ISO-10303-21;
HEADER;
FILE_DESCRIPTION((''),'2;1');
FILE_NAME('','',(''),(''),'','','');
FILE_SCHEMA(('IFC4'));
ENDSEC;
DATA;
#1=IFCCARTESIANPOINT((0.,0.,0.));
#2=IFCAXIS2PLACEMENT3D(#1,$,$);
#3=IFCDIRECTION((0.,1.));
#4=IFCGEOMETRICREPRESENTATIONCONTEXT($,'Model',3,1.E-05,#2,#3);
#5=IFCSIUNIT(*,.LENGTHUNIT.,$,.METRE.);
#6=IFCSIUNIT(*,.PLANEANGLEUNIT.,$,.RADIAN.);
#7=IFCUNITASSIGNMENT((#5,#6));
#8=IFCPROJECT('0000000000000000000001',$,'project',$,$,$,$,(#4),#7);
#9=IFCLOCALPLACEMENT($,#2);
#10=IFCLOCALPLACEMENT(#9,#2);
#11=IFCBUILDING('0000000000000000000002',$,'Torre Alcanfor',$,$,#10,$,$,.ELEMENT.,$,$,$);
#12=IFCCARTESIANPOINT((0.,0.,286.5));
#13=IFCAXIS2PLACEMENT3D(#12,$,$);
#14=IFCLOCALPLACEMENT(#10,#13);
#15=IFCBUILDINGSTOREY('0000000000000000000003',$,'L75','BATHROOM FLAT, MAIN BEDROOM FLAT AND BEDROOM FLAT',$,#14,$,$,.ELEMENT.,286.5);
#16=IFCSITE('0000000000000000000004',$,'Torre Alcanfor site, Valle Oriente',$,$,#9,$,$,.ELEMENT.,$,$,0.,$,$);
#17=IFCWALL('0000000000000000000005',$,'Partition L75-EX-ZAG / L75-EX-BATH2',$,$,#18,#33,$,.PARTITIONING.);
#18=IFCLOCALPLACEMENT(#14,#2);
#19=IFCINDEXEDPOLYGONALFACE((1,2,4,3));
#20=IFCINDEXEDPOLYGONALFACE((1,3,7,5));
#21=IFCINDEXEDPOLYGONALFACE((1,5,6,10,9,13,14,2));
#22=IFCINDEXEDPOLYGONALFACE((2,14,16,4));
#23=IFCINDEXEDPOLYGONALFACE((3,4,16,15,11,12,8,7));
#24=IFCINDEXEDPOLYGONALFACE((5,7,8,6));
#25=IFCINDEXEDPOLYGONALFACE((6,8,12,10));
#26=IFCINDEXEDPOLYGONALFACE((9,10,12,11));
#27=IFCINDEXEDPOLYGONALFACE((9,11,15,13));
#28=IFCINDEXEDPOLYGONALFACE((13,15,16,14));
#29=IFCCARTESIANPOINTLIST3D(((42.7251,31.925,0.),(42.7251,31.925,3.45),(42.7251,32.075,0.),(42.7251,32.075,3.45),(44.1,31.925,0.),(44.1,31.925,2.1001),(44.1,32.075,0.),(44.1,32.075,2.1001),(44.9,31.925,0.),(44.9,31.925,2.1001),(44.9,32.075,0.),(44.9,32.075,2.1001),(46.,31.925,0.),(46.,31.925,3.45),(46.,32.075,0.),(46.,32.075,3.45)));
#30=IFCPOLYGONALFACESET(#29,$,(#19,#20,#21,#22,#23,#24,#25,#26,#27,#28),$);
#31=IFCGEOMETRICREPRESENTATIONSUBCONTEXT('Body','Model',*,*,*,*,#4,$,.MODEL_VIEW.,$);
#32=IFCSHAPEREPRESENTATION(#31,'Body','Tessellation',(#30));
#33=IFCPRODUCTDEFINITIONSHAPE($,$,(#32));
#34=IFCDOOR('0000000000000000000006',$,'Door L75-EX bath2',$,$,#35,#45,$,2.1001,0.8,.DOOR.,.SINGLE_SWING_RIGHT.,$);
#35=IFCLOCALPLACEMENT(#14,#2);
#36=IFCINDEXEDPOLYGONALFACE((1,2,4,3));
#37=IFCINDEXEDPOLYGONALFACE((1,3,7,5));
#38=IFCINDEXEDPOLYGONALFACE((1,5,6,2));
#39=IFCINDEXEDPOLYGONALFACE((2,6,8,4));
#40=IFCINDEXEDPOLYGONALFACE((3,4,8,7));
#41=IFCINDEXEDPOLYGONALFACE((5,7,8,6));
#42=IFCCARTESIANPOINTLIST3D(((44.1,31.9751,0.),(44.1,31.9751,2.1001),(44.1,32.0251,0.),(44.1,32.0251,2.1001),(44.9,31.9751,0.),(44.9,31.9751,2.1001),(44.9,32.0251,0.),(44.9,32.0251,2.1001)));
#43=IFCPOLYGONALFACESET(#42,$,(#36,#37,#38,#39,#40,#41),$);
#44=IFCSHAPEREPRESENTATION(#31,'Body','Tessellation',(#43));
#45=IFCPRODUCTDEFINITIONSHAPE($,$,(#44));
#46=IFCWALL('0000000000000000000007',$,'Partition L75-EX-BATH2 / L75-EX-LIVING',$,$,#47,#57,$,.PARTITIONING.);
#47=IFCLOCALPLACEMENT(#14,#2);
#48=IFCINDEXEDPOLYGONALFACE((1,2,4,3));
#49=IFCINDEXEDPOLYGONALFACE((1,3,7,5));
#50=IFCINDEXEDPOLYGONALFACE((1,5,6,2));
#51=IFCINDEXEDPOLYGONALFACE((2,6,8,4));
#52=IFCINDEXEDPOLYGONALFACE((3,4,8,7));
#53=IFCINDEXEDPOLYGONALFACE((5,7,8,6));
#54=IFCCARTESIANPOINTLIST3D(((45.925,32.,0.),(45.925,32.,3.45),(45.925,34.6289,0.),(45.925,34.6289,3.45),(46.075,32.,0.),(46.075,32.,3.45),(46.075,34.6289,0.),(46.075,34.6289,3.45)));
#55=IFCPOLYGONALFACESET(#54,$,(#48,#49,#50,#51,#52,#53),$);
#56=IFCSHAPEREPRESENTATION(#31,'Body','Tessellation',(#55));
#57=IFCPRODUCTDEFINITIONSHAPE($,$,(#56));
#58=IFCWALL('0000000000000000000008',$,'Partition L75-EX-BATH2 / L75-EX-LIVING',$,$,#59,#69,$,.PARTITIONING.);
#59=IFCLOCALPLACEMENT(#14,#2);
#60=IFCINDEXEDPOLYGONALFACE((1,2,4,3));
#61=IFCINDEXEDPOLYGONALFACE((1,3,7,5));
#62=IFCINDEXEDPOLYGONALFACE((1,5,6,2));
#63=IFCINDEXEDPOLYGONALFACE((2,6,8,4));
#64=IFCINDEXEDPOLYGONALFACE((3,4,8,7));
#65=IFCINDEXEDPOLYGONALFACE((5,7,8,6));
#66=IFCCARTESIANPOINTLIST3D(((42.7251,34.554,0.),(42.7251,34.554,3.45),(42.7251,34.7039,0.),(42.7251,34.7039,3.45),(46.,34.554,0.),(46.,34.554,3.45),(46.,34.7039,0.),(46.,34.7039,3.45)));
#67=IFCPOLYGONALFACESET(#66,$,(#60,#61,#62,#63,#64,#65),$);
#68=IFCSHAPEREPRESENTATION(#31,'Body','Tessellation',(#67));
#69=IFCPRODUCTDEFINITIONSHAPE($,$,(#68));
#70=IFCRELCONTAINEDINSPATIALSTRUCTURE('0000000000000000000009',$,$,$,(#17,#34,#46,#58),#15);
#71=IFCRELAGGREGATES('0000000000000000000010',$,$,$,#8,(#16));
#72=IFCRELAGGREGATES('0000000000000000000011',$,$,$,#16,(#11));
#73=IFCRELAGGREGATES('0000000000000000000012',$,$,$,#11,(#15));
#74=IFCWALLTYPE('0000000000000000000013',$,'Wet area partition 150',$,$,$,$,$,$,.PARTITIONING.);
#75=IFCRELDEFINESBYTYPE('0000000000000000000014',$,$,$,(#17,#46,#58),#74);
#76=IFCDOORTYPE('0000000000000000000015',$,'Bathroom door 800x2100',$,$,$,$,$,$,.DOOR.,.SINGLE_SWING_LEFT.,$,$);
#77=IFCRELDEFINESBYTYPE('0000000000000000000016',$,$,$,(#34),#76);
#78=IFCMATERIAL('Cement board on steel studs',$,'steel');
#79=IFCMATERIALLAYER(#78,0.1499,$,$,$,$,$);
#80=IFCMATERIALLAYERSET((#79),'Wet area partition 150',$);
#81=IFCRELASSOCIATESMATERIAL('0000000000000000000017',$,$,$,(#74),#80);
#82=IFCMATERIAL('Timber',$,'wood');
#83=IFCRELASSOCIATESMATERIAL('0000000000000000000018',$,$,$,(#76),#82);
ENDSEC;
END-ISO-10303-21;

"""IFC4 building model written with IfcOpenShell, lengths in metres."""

from ifc_helpers import new_model, si_unit, direction, frame, frame_2d, origin, place, context, subcontext, project, spatial, rectangle, extrude, material, layer, layer_set, type_object, element, fill, save


model = new_model("IFC4")

# Units and contexts
model_context = context("Model", 3, precision=1e-05, world=origin(), true_north=direction((0.0, 1.0)))
body_context = subcontext(model_context, "Body", "Model", "MODEL_VIEW")
ifc_project = project(units=[si_unit("LENGTHUNIT", "METRE"), si_unit("PLANEANGLEUNIT", "RADIAN")], contexts=[model_context])

# Site, building, storey
site_placement = place(None, origin())
site = spatial("IfcSite", under=ifc_project, at=site_placement, Name="Torre Alcanfor site, Valle Oriente", CompositionType="ELEMENT", RefElevation=0.0)
building_placement = place(site_placement, origin())
building = spatial("IfcBuilding", under=site, at=building_placement, Name="Torre Alcanfor", CompositionType="ELEMENT")
storey_placement = place(building_placement, frame((0.0, 0.0, 286.5)))
storey = spatial("IfcBuildingStorey", under=building, at=storey_placement, Name="L75", Description="BATHROOM FLAT, MAIN BEDROOM FLAT AND BEDROOM FLAT", CompositionType="ELEMENT", Elevation=286.5)

# Wall, opening, door
ifc_material_1 = material(Name="Cement board on steel studs", Category="steel")
ifc_layer_1 = layer(ifc_material_1, 0.1499)
ifc_layer_set_1 = layer_set([ifc_layer_1], Name="Wet area partition 150")
wall_type_1 = type_object("IfcWallType", Name="Wet area partition 150", PredefinedType="PARTITIONING", material=ifc_layer_set_1)
wall_1_placement = place(storey_placement, frame((46.0, 32.0, 0.0), z_axis=(0.0, 0.0, 1.0), x_axis=(-1.0, 0.0, 0.0)))
wall_1 = element("IfcWall", 1, at=wall_1_placement, inside=storey, type_object=wall_type_1, Name="Partition L75-EX-ZAG / L75-EX-BATH2", PredefinedType="PARTITIONING", context=body_context, shape_type="SweptSolid", body=[
    extrude(rectangle(XDim=3.2749, YDim=0.1499, at=frame_2d((1.6375, 0.0))), origin(), (0.0, 0.0, 1.0), 3.45),
])
opening_1_placement = place(wall_1_placement, frame((1.1001, 0.0, 0.0)))
opening_1 = element("IfcOpeningElement", 2, at=opening_1_placement, cuts=wall_1, PredefinedType="OPENING", context=body_context, shape_type="SweptSolid", body=[
    extrude(rectangle(XDim=0.8, YDim=2.1001, at=frame_2d((0.3999, 1.05))), frame((0.0, 0.085, 0.0), z_axis=(0.0, -1.0, 0.0), x_axis=(1.0, 0.0, 0.0)), (0.0, 0.0, 1.0), 0.1699),
])
ifc_material_2 = material(Name="Timber", Category="wood")
door_type_1 = type_object("IfcDoorType", Name="Bathroom door 800x2100", OperationType="SINGLE_SWING_LEFT", PredefinedType="DOOR", material=ifc_material_2)
door_1_placement = place(opening_1_placement, frame((0.8, 0.0, 0.0), z_axis=(0.0, 0.0, 1.0), x_axis=(-1.0, 0.0, 0.0)))
door_1 = element("IfcDoor", 3, at=door_1_placement, inside=storey, type_object=door_type_1, Name="Door L75-EX bath2", OperationType="SINGLE_SWING_RIGHT", OverallHeight=2.1001, OverallWidth=0.8, PredefinedType="DOOR", context=body_context, shape_type="SweptSolid", body=[
    extrude(rectangle(XDim=0.8, YDim=2.1001, at=frame_2d((0.4001, 1.05))), frame((0.0, 0.0251, 0.0), z_axis=(0.0, -1.0, 0.0), x_axis=(1.0, 0.0, 0.0)), (0.0, 0.0, 1.0), 0.05),
])
fill(opening_1, door_1)

# Walls
wall_2_placement = place(storey_placement, frame((46.0, 32.0, 0.0), z_axis=(0.0, 0.0, 1.0), x_axis=(0.0, 1.0, 0.0)))
element("IfcWall", 4, at=wall_2_placement, inside=storey, type_object=wall_type_1, Name="Partition L75-EX-BATH2 / L75-EX-LIVING", PredefinedType="PARTITIONING", context=body_context, shape_type="SweptSolid", body=[
    extrude(rectangle(XDim=2.6289, YDim=0.1499, at=frame_2d((1.3145, 0.0))), origin(), (0.0, 0.0, 1.0), 3.45),
])
wall_3_placement = place(storey_placement, frame((46.0, 34.6289, 0.0), z_axis=(0.0, 0.0, 1.0), x_axis=(-1.0, 0.0, 0.0)))
element("IfcWall", 5, at=wall_3_placement, inside=storey, type_object=wall_type_1, Name="Partition L75-EX-BATH2 / L75-EX-LIVING", PredefinedType="PARTITIONING", context=body_context, shape_type="SweptSolid", body=[
    extrude(rectangle(XDim=3.2749, YDim=0.1499, at=frame_2d((1.6375, 0.0))), origin(), (0.0, 0.0, 1.0), 3.45),
])

save(model, "model.ifc")
